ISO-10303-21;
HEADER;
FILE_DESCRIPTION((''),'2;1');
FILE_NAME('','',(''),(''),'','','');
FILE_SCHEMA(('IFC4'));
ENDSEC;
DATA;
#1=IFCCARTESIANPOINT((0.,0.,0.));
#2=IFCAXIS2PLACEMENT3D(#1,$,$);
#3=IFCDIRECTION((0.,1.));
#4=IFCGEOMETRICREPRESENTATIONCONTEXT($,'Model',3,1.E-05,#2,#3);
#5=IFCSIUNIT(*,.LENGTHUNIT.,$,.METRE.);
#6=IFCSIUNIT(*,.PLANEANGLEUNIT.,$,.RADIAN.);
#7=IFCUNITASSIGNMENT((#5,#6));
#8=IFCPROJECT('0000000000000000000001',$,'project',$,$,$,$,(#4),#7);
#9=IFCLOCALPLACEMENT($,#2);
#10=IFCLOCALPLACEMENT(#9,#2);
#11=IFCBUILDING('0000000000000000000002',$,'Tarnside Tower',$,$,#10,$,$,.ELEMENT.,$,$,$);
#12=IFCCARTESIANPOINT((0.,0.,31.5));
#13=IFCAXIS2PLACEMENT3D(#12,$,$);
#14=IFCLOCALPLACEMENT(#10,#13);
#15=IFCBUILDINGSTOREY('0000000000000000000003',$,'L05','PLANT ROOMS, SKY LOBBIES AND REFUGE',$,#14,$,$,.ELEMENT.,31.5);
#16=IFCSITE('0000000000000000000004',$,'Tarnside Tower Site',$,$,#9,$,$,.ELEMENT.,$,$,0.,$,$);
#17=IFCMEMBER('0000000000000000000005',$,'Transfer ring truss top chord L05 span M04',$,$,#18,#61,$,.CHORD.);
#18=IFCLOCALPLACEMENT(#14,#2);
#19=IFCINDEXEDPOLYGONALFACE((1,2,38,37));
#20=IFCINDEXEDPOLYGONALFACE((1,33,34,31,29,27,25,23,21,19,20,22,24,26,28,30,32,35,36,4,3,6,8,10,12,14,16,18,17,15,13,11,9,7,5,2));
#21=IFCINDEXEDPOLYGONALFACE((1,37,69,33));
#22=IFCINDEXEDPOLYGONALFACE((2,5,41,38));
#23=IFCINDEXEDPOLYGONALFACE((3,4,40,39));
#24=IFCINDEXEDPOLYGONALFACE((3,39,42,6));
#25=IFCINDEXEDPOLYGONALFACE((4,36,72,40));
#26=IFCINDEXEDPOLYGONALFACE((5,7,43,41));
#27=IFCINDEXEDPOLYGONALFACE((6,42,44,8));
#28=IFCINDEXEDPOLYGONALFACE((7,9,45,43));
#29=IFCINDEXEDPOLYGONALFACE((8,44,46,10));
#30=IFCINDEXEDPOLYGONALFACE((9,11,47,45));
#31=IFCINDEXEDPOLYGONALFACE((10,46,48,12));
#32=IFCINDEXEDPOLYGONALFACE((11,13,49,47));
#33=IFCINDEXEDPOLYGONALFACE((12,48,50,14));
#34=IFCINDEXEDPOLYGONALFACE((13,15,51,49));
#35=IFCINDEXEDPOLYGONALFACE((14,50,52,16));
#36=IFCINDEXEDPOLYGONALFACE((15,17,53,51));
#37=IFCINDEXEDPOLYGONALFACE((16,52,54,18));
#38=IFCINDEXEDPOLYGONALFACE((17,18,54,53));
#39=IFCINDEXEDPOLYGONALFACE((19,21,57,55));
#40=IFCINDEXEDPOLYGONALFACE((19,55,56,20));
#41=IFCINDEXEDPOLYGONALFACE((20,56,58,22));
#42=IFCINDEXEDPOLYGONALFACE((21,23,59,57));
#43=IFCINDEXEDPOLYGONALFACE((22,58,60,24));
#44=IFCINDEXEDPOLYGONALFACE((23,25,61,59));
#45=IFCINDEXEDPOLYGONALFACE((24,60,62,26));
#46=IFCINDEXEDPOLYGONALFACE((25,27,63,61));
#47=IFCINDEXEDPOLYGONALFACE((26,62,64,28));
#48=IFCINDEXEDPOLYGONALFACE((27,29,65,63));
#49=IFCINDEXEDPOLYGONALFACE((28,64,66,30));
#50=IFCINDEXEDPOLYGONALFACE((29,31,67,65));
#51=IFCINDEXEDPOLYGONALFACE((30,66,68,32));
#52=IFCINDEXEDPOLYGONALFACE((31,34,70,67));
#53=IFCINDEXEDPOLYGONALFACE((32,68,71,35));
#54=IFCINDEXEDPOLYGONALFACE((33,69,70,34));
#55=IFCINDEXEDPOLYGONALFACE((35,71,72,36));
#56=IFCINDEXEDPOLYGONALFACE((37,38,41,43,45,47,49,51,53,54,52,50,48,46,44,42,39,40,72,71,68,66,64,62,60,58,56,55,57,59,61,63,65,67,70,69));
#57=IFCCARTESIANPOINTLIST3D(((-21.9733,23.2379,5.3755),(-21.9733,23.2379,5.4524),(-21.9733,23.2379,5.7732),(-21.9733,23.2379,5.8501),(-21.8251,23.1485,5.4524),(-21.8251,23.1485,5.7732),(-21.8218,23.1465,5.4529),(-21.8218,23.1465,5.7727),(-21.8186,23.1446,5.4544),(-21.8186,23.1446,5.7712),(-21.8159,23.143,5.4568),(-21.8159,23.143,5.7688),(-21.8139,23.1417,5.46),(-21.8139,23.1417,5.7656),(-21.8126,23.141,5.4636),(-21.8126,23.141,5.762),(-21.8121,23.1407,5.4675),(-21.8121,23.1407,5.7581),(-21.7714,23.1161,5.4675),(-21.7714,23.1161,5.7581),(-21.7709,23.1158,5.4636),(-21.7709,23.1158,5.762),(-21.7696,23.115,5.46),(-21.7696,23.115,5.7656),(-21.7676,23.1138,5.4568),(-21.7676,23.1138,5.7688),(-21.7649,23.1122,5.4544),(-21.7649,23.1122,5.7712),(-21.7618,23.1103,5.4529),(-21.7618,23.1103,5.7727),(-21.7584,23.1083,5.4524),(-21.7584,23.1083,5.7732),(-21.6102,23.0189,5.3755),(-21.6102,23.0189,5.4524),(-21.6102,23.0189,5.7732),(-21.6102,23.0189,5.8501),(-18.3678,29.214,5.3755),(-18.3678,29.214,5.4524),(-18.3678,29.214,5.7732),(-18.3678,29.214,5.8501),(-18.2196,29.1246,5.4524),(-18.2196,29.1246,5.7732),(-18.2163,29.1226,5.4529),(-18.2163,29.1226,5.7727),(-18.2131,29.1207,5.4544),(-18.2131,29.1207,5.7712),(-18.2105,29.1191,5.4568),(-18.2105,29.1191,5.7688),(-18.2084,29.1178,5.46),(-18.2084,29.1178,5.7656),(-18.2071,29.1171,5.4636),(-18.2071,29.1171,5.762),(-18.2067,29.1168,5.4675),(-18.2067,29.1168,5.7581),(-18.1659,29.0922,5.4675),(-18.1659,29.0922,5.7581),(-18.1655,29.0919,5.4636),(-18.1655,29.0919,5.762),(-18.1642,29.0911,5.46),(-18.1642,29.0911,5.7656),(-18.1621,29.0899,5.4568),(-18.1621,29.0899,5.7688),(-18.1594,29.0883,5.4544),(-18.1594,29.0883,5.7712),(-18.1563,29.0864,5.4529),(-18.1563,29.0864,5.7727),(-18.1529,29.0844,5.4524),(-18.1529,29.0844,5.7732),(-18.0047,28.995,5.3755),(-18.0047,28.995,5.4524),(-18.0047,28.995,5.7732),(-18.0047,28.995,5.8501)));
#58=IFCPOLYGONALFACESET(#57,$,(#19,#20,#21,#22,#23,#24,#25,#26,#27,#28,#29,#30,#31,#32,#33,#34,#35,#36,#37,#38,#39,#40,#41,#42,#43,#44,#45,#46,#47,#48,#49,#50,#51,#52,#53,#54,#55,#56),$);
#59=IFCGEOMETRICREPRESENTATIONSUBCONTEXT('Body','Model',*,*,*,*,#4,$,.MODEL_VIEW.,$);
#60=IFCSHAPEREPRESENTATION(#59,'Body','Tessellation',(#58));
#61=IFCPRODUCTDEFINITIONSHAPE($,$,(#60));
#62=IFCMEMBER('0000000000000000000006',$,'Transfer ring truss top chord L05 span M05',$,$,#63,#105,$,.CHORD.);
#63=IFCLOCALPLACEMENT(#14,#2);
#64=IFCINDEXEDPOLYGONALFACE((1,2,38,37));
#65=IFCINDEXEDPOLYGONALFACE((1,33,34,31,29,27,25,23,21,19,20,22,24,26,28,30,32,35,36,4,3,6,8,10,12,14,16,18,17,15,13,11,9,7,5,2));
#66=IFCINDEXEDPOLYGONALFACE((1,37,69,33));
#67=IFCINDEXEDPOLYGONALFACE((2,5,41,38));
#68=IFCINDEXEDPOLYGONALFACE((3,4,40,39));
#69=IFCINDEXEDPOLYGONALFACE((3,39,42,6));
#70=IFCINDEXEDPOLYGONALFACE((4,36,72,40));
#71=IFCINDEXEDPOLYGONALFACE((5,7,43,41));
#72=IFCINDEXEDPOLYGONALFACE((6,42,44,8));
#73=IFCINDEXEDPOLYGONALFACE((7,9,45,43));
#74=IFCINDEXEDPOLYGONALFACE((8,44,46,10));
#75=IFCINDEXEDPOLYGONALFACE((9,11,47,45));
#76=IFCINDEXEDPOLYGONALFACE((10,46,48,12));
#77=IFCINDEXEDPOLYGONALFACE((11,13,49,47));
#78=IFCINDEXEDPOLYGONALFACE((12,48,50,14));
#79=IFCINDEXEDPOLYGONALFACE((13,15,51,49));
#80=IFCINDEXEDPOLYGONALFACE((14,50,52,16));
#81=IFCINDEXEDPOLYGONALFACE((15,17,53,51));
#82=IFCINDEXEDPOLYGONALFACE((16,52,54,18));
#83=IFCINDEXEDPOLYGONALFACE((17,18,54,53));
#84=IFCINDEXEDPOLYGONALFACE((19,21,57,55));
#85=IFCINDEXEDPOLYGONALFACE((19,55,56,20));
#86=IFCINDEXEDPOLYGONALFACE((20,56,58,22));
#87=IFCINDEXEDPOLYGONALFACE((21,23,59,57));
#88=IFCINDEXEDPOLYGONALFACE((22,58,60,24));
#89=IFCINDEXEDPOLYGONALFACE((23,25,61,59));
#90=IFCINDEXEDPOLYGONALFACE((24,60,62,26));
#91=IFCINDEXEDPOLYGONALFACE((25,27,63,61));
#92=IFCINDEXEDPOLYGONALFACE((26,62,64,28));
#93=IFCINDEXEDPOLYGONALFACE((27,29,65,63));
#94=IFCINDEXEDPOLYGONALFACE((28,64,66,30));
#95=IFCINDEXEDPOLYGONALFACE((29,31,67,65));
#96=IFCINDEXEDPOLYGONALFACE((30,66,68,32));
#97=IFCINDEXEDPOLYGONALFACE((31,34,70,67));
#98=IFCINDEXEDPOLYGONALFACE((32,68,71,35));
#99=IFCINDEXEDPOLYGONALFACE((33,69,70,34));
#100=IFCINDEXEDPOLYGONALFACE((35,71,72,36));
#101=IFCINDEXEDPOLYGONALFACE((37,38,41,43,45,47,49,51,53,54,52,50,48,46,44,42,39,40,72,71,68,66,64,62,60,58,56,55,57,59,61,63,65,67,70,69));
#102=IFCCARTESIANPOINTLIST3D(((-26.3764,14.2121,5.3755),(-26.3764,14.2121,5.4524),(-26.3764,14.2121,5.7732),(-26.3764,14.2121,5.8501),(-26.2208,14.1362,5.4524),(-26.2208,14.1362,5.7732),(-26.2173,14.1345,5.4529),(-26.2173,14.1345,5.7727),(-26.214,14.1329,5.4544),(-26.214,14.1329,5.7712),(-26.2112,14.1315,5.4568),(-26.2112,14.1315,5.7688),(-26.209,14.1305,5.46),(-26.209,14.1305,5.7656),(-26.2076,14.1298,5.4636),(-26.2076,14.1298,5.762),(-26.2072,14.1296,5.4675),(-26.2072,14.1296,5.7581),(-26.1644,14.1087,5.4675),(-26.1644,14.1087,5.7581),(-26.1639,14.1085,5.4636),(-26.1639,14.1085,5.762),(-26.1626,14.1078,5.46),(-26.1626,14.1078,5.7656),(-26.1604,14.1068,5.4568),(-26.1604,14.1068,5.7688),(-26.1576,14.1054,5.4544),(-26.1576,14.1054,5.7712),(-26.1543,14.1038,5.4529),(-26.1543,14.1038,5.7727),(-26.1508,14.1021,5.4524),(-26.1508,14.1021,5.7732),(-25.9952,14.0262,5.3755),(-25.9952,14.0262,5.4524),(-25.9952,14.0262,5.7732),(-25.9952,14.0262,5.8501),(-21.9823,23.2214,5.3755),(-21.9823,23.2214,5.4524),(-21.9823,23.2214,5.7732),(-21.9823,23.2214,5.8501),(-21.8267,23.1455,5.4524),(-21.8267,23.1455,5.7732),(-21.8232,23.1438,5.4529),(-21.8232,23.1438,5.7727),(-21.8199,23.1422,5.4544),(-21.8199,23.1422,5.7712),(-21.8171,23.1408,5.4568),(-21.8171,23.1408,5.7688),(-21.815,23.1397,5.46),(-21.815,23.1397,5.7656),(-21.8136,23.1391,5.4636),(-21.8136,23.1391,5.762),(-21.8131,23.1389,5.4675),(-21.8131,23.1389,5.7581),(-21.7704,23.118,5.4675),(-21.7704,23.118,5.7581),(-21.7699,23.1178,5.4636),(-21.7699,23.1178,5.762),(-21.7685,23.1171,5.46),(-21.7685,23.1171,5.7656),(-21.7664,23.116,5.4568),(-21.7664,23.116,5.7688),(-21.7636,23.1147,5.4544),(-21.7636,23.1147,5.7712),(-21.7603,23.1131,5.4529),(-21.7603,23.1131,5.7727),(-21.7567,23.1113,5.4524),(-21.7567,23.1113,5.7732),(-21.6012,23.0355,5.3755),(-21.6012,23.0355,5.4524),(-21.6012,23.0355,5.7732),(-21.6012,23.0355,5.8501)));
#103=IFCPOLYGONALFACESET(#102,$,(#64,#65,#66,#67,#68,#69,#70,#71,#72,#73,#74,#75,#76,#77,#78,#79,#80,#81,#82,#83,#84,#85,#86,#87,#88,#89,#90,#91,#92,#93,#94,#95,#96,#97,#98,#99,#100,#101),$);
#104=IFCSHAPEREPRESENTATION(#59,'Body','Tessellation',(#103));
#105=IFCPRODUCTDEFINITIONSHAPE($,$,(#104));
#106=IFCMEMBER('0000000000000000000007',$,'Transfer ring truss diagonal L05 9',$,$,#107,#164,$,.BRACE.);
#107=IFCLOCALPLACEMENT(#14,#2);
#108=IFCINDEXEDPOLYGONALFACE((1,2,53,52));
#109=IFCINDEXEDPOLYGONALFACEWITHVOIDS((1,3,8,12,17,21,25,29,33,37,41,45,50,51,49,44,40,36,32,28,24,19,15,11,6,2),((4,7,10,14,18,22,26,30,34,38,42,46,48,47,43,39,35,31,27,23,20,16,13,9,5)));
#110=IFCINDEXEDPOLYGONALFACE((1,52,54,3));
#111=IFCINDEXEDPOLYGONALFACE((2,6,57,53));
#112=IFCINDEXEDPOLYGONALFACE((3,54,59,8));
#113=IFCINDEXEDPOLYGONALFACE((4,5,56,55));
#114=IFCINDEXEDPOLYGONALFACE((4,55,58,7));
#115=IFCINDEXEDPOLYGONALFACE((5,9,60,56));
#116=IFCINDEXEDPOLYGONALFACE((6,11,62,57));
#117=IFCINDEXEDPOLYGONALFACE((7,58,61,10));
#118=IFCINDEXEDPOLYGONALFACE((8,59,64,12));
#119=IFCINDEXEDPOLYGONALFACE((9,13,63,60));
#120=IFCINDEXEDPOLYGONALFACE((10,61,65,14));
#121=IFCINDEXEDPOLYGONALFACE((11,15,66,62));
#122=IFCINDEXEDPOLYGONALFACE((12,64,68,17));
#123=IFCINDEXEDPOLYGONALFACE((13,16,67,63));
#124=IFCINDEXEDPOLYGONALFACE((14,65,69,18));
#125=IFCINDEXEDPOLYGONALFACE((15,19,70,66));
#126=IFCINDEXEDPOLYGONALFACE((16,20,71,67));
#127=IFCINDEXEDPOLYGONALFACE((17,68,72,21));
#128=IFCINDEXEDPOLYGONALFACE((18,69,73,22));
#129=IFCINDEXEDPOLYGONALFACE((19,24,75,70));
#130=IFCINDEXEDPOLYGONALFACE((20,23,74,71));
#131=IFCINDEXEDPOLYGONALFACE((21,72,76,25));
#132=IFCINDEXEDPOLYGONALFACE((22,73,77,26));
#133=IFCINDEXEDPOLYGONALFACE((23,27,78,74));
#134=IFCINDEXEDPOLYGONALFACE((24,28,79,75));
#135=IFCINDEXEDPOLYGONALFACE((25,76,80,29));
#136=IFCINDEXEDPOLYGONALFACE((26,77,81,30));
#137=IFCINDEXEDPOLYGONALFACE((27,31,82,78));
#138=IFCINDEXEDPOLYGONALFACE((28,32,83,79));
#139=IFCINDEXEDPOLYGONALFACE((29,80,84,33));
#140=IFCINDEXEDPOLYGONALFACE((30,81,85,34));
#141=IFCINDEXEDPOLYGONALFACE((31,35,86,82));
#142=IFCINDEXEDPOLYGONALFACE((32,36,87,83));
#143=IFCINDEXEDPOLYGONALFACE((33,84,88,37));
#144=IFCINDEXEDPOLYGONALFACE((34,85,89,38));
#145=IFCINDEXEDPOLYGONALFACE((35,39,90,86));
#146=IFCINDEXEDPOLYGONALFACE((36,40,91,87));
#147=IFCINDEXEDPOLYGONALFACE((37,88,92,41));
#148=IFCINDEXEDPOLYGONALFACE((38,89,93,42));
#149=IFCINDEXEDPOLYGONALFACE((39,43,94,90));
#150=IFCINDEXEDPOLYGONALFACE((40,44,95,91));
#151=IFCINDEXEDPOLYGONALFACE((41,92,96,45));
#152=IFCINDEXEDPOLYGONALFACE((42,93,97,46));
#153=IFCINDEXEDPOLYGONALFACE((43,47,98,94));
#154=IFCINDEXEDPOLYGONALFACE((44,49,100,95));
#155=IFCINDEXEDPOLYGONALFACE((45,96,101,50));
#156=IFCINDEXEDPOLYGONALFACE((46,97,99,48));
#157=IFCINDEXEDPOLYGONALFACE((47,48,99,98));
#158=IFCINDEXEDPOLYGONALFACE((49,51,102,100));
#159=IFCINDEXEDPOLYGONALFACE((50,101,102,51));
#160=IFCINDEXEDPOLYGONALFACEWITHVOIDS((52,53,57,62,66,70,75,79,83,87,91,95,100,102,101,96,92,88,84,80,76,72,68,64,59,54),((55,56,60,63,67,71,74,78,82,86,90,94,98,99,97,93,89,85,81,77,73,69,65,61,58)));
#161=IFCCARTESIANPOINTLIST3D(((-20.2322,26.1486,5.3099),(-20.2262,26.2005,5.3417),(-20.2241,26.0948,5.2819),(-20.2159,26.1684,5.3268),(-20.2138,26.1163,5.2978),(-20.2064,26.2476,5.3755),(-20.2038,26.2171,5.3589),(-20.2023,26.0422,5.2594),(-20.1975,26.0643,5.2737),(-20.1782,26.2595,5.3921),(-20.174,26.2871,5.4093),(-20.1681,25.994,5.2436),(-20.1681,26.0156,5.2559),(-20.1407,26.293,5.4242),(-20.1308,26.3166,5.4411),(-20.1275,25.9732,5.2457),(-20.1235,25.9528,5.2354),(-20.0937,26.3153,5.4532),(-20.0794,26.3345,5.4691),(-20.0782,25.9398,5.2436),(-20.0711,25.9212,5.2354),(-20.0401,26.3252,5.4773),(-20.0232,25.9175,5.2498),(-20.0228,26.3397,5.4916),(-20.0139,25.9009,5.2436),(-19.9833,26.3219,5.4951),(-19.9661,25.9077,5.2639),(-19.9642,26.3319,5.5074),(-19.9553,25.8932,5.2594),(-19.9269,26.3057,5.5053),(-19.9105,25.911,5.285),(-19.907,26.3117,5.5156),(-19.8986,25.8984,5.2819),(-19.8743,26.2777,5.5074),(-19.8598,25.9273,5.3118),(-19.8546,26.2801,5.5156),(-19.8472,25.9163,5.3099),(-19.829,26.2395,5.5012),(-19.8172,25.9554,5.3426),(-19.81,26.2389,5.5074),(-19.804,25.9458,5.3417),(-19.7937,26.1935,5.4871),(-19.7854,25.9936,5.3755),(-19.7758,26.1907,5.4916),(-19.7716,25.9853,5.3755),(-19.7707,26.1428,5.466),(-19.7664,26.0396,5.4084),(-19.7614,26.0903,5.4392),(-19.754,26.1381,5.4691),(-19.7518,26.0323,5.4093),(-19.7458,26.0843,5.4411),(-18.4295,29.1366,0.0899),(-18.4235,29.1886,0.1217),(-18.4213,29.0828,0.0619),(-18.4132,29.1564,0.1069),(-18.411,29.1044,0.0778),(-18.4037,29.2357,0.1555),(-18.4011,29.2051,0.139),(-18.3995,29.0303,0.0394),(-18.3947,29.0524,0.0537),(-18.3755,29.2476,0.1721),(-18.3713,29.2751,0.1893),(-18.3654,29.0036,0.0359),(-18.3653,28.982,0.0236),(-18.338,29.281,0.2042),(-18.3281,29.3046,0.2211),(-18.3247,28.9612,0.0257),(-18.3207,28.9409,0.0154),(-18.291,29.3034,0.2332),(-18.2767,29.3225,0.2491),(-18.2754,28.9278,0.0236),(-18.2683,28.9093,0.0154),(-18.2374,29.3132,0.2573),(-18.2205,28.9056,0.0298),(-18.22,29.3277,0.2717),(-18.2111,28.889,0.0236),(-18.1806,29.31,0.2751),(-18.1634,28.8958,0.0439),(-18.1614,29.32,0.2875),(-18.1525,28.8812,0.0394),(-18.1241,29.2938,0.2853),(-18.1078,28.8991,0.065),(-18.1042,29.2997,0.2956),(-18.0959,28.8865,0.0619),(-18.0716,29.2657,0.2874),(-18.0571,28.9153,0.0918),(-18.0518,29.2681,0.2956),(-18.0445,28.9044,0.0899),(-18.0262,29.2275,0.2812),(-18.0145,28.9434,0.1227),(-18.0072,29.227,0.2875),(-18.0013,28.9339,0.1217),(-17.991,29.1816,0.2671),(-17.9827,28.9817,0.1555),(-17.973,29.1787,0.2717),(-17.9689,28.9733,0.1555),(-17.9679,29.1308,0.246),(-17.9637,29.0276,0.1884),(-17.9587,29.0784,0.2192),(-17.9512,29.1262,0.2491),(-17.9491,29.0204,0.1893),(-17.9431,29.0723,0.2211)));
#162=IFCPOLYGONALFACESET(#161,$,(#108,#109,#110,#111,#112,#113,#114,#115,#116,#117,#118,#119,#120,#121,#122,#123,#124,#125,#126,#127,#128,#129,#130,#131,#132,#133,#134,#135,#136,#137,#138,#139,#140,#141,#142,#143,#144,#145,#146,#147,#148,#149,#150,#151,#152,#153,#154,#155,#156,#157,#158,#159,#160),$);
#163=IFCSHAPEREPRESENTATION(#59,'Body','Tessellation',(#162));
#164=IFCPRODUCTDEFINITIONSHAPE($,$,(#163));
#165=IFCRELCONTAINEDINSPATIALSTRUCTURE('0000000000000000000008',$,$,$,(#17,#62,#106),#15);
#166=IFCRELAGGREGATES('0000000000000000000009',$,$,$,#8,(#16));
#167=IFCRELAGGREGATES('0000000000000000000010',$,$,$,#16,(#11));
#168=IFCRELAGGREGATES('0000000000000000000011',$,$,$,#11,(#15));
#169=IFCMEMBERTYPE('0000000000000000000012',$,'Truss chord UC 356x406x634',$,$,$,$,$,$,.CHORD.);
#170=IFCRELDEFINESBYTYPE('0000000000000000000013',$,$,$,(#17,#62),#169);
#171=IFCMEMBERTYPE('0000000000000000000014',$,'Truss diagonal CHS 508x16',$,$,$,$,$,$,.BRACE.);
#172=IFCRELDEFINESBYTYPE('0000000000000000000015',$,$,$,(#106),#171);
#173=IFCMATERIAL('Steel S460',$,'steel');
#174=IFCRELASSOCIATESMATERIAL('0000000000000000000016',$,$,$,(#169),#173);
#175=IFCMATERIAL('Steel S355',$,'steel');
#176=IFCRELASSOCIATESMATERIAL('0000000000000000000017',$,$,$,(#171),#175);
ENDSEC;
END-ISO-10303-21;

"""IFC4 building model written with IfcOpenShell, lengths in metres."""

from ifc_helpers import new_model, si_unit, direction, frame, origin, origin_2d, place, context, subcontext, project, spatial, hollow_circle, i_section, extrude, material, material_profile, profile_set, type_object, element, save


model = new_model("IFC4")

# Units and contexts
model_context = context("Model", 3, precision=1e-05, world=origin(), true_north=direction((0.0, 1.0)))
body_context = subcontext(model_context, "Body", "Model", "MODEL_VIEW")
ifc_project = project(units=[si_unit("LENGTHUNIT", "METRE"), si_unit("PLANEANGLEUNIT", "RADIAN")], contexts=[model_context])

# Site, building, storey
site_placement = place(None, origin())
site = spatial("IfcSite", under=ifc_project, at=site_placement, Name="Tarnside Tower Site", CompositionType="ELEMENT", RefElevation=0.0)
building_placement = place(site_placement, origin())
building = spatial("IfcBuilding", under=site, at=building_placement, Name="Tarnside Tower", CompositionType="ELEMENT")
storey_placement = place(building_placement, frame((0.0, 0.0, 31.5)))
storey = spatial("IfcBuildingStorey", under=building, at=storey_placement, Name="L05", Description="PLANT ROOMS, SKY LOBBIES AND REFUGE", CompositionType="ELEMENT", Elevation=31.5)

# Shared definitions
ifc_material_1 = material(Name="Steel S355", Category="steel")

# Members
ifc_material_2 = material(Name="Steel S460", Category="steel")
ifc_material_profile_1 = material_profile(ifc_material_2, i_section(OverallWidth=0.4241, OverallDepth=0.4746, WebThickness=0.0476, FlangeThickness=0.0769, FilletRadius=0.0151, at=origin_2d()), Name="UC 356x406x634")
ifc_profile_set_1 = profile_set([ifc_material_profile_1], Name="Steel S460")
member_type_1 = type_object("IfcMemberType", Name="Truss chord UC 356x406x634", PredefinedType="CHORD", material=ifc_profile_set_1)
member_1_placement = place(storey_placement, frame((-18.1863, 29.1045, 5.6128), z_axis=(-0.516583, -0.856237, 0.0), x_axis=(0.856237, -0.516583, 0.0)))
element("IfcMember", 1, at=member_1_placement, inside=storey, type_object=member_type_1, Name="Transfer ring truss top chord L05 span M04", PredefinedType="CHORD", context=body_context, shape_type="SweptSolid", body=[
    extrude(i_section(OverallWidth=0.4241, OverallDepth=0.4746, WebThickness=0.0476, FlangeThickness=0.0769, FilletRadius=0.0151, at=origin_2d()), origin(), (0.0, 0.0, 1.0), 6.9795),
])
member_2_placement = place(storey_placement, frame((-21.7917, 23.1284, 5.6128), z_axis=(-0.438365, -0.898797, 0.0), x_axis=(0.898797, -0.438365, 0.0)))
element("IfcMember", 2, at=member_2_placement, inside=storey, type_object=member_type_1, Name="Transfer ring truss top chord L05 span M05", PredefinedType="CHORD", context=body_context, shape_type="SweptSolid", body=[
    extrude(i_section(OverallWidth=0.4241, OverallDepth=0.4746, WebThickness=0.0476, FlangeThickness=0.0769, FilletRadius=0.0151, at=origin_2d()), origin(), (0.0, 0.0, 1.0), 10.0237),
])
ifc_material_profile_2 = material_profile(ifc_material_1, hollow_circle(Radius=0.2539, WallThickness=0.0161, at=origin_2d()), Name="CHS 508x16")
ifc_profile_set_2 = profile_set([ifc_material_profile_2], Name="Steel S355")
member_type_2 = type_object("IfcMemberType", Name="Truss diagonal CHS 508x16", PredefinedType="BRACE", material=ifc_profile_set_2)
for number, where, z_axis, x_axis, name in (
    (3, (-18.1863, 29.1045, 0.1555), (-0.287104, -0.475875, 0.831333), (0.856237, -0.516583, 0.0), "Transfer ring truss diagonal L05 9"),
):
    element("IfcMember", number, at=place(storey_placement, frame(where, z_axis=z_axis, x_axis=x_axis)), inside=storey, type_object=member_type_2, Name=name, PredefinedType="BRACE", context=body_context, shape_type="SweptSolid", body=[
        extrude(hollow_circle(Radius=0.2539, WallThickness=0.0161, at=origin_2d()), origin(), (0.0, 0.0, 1.0), 6.2791),
    ])

save(model, "model.ifc")
